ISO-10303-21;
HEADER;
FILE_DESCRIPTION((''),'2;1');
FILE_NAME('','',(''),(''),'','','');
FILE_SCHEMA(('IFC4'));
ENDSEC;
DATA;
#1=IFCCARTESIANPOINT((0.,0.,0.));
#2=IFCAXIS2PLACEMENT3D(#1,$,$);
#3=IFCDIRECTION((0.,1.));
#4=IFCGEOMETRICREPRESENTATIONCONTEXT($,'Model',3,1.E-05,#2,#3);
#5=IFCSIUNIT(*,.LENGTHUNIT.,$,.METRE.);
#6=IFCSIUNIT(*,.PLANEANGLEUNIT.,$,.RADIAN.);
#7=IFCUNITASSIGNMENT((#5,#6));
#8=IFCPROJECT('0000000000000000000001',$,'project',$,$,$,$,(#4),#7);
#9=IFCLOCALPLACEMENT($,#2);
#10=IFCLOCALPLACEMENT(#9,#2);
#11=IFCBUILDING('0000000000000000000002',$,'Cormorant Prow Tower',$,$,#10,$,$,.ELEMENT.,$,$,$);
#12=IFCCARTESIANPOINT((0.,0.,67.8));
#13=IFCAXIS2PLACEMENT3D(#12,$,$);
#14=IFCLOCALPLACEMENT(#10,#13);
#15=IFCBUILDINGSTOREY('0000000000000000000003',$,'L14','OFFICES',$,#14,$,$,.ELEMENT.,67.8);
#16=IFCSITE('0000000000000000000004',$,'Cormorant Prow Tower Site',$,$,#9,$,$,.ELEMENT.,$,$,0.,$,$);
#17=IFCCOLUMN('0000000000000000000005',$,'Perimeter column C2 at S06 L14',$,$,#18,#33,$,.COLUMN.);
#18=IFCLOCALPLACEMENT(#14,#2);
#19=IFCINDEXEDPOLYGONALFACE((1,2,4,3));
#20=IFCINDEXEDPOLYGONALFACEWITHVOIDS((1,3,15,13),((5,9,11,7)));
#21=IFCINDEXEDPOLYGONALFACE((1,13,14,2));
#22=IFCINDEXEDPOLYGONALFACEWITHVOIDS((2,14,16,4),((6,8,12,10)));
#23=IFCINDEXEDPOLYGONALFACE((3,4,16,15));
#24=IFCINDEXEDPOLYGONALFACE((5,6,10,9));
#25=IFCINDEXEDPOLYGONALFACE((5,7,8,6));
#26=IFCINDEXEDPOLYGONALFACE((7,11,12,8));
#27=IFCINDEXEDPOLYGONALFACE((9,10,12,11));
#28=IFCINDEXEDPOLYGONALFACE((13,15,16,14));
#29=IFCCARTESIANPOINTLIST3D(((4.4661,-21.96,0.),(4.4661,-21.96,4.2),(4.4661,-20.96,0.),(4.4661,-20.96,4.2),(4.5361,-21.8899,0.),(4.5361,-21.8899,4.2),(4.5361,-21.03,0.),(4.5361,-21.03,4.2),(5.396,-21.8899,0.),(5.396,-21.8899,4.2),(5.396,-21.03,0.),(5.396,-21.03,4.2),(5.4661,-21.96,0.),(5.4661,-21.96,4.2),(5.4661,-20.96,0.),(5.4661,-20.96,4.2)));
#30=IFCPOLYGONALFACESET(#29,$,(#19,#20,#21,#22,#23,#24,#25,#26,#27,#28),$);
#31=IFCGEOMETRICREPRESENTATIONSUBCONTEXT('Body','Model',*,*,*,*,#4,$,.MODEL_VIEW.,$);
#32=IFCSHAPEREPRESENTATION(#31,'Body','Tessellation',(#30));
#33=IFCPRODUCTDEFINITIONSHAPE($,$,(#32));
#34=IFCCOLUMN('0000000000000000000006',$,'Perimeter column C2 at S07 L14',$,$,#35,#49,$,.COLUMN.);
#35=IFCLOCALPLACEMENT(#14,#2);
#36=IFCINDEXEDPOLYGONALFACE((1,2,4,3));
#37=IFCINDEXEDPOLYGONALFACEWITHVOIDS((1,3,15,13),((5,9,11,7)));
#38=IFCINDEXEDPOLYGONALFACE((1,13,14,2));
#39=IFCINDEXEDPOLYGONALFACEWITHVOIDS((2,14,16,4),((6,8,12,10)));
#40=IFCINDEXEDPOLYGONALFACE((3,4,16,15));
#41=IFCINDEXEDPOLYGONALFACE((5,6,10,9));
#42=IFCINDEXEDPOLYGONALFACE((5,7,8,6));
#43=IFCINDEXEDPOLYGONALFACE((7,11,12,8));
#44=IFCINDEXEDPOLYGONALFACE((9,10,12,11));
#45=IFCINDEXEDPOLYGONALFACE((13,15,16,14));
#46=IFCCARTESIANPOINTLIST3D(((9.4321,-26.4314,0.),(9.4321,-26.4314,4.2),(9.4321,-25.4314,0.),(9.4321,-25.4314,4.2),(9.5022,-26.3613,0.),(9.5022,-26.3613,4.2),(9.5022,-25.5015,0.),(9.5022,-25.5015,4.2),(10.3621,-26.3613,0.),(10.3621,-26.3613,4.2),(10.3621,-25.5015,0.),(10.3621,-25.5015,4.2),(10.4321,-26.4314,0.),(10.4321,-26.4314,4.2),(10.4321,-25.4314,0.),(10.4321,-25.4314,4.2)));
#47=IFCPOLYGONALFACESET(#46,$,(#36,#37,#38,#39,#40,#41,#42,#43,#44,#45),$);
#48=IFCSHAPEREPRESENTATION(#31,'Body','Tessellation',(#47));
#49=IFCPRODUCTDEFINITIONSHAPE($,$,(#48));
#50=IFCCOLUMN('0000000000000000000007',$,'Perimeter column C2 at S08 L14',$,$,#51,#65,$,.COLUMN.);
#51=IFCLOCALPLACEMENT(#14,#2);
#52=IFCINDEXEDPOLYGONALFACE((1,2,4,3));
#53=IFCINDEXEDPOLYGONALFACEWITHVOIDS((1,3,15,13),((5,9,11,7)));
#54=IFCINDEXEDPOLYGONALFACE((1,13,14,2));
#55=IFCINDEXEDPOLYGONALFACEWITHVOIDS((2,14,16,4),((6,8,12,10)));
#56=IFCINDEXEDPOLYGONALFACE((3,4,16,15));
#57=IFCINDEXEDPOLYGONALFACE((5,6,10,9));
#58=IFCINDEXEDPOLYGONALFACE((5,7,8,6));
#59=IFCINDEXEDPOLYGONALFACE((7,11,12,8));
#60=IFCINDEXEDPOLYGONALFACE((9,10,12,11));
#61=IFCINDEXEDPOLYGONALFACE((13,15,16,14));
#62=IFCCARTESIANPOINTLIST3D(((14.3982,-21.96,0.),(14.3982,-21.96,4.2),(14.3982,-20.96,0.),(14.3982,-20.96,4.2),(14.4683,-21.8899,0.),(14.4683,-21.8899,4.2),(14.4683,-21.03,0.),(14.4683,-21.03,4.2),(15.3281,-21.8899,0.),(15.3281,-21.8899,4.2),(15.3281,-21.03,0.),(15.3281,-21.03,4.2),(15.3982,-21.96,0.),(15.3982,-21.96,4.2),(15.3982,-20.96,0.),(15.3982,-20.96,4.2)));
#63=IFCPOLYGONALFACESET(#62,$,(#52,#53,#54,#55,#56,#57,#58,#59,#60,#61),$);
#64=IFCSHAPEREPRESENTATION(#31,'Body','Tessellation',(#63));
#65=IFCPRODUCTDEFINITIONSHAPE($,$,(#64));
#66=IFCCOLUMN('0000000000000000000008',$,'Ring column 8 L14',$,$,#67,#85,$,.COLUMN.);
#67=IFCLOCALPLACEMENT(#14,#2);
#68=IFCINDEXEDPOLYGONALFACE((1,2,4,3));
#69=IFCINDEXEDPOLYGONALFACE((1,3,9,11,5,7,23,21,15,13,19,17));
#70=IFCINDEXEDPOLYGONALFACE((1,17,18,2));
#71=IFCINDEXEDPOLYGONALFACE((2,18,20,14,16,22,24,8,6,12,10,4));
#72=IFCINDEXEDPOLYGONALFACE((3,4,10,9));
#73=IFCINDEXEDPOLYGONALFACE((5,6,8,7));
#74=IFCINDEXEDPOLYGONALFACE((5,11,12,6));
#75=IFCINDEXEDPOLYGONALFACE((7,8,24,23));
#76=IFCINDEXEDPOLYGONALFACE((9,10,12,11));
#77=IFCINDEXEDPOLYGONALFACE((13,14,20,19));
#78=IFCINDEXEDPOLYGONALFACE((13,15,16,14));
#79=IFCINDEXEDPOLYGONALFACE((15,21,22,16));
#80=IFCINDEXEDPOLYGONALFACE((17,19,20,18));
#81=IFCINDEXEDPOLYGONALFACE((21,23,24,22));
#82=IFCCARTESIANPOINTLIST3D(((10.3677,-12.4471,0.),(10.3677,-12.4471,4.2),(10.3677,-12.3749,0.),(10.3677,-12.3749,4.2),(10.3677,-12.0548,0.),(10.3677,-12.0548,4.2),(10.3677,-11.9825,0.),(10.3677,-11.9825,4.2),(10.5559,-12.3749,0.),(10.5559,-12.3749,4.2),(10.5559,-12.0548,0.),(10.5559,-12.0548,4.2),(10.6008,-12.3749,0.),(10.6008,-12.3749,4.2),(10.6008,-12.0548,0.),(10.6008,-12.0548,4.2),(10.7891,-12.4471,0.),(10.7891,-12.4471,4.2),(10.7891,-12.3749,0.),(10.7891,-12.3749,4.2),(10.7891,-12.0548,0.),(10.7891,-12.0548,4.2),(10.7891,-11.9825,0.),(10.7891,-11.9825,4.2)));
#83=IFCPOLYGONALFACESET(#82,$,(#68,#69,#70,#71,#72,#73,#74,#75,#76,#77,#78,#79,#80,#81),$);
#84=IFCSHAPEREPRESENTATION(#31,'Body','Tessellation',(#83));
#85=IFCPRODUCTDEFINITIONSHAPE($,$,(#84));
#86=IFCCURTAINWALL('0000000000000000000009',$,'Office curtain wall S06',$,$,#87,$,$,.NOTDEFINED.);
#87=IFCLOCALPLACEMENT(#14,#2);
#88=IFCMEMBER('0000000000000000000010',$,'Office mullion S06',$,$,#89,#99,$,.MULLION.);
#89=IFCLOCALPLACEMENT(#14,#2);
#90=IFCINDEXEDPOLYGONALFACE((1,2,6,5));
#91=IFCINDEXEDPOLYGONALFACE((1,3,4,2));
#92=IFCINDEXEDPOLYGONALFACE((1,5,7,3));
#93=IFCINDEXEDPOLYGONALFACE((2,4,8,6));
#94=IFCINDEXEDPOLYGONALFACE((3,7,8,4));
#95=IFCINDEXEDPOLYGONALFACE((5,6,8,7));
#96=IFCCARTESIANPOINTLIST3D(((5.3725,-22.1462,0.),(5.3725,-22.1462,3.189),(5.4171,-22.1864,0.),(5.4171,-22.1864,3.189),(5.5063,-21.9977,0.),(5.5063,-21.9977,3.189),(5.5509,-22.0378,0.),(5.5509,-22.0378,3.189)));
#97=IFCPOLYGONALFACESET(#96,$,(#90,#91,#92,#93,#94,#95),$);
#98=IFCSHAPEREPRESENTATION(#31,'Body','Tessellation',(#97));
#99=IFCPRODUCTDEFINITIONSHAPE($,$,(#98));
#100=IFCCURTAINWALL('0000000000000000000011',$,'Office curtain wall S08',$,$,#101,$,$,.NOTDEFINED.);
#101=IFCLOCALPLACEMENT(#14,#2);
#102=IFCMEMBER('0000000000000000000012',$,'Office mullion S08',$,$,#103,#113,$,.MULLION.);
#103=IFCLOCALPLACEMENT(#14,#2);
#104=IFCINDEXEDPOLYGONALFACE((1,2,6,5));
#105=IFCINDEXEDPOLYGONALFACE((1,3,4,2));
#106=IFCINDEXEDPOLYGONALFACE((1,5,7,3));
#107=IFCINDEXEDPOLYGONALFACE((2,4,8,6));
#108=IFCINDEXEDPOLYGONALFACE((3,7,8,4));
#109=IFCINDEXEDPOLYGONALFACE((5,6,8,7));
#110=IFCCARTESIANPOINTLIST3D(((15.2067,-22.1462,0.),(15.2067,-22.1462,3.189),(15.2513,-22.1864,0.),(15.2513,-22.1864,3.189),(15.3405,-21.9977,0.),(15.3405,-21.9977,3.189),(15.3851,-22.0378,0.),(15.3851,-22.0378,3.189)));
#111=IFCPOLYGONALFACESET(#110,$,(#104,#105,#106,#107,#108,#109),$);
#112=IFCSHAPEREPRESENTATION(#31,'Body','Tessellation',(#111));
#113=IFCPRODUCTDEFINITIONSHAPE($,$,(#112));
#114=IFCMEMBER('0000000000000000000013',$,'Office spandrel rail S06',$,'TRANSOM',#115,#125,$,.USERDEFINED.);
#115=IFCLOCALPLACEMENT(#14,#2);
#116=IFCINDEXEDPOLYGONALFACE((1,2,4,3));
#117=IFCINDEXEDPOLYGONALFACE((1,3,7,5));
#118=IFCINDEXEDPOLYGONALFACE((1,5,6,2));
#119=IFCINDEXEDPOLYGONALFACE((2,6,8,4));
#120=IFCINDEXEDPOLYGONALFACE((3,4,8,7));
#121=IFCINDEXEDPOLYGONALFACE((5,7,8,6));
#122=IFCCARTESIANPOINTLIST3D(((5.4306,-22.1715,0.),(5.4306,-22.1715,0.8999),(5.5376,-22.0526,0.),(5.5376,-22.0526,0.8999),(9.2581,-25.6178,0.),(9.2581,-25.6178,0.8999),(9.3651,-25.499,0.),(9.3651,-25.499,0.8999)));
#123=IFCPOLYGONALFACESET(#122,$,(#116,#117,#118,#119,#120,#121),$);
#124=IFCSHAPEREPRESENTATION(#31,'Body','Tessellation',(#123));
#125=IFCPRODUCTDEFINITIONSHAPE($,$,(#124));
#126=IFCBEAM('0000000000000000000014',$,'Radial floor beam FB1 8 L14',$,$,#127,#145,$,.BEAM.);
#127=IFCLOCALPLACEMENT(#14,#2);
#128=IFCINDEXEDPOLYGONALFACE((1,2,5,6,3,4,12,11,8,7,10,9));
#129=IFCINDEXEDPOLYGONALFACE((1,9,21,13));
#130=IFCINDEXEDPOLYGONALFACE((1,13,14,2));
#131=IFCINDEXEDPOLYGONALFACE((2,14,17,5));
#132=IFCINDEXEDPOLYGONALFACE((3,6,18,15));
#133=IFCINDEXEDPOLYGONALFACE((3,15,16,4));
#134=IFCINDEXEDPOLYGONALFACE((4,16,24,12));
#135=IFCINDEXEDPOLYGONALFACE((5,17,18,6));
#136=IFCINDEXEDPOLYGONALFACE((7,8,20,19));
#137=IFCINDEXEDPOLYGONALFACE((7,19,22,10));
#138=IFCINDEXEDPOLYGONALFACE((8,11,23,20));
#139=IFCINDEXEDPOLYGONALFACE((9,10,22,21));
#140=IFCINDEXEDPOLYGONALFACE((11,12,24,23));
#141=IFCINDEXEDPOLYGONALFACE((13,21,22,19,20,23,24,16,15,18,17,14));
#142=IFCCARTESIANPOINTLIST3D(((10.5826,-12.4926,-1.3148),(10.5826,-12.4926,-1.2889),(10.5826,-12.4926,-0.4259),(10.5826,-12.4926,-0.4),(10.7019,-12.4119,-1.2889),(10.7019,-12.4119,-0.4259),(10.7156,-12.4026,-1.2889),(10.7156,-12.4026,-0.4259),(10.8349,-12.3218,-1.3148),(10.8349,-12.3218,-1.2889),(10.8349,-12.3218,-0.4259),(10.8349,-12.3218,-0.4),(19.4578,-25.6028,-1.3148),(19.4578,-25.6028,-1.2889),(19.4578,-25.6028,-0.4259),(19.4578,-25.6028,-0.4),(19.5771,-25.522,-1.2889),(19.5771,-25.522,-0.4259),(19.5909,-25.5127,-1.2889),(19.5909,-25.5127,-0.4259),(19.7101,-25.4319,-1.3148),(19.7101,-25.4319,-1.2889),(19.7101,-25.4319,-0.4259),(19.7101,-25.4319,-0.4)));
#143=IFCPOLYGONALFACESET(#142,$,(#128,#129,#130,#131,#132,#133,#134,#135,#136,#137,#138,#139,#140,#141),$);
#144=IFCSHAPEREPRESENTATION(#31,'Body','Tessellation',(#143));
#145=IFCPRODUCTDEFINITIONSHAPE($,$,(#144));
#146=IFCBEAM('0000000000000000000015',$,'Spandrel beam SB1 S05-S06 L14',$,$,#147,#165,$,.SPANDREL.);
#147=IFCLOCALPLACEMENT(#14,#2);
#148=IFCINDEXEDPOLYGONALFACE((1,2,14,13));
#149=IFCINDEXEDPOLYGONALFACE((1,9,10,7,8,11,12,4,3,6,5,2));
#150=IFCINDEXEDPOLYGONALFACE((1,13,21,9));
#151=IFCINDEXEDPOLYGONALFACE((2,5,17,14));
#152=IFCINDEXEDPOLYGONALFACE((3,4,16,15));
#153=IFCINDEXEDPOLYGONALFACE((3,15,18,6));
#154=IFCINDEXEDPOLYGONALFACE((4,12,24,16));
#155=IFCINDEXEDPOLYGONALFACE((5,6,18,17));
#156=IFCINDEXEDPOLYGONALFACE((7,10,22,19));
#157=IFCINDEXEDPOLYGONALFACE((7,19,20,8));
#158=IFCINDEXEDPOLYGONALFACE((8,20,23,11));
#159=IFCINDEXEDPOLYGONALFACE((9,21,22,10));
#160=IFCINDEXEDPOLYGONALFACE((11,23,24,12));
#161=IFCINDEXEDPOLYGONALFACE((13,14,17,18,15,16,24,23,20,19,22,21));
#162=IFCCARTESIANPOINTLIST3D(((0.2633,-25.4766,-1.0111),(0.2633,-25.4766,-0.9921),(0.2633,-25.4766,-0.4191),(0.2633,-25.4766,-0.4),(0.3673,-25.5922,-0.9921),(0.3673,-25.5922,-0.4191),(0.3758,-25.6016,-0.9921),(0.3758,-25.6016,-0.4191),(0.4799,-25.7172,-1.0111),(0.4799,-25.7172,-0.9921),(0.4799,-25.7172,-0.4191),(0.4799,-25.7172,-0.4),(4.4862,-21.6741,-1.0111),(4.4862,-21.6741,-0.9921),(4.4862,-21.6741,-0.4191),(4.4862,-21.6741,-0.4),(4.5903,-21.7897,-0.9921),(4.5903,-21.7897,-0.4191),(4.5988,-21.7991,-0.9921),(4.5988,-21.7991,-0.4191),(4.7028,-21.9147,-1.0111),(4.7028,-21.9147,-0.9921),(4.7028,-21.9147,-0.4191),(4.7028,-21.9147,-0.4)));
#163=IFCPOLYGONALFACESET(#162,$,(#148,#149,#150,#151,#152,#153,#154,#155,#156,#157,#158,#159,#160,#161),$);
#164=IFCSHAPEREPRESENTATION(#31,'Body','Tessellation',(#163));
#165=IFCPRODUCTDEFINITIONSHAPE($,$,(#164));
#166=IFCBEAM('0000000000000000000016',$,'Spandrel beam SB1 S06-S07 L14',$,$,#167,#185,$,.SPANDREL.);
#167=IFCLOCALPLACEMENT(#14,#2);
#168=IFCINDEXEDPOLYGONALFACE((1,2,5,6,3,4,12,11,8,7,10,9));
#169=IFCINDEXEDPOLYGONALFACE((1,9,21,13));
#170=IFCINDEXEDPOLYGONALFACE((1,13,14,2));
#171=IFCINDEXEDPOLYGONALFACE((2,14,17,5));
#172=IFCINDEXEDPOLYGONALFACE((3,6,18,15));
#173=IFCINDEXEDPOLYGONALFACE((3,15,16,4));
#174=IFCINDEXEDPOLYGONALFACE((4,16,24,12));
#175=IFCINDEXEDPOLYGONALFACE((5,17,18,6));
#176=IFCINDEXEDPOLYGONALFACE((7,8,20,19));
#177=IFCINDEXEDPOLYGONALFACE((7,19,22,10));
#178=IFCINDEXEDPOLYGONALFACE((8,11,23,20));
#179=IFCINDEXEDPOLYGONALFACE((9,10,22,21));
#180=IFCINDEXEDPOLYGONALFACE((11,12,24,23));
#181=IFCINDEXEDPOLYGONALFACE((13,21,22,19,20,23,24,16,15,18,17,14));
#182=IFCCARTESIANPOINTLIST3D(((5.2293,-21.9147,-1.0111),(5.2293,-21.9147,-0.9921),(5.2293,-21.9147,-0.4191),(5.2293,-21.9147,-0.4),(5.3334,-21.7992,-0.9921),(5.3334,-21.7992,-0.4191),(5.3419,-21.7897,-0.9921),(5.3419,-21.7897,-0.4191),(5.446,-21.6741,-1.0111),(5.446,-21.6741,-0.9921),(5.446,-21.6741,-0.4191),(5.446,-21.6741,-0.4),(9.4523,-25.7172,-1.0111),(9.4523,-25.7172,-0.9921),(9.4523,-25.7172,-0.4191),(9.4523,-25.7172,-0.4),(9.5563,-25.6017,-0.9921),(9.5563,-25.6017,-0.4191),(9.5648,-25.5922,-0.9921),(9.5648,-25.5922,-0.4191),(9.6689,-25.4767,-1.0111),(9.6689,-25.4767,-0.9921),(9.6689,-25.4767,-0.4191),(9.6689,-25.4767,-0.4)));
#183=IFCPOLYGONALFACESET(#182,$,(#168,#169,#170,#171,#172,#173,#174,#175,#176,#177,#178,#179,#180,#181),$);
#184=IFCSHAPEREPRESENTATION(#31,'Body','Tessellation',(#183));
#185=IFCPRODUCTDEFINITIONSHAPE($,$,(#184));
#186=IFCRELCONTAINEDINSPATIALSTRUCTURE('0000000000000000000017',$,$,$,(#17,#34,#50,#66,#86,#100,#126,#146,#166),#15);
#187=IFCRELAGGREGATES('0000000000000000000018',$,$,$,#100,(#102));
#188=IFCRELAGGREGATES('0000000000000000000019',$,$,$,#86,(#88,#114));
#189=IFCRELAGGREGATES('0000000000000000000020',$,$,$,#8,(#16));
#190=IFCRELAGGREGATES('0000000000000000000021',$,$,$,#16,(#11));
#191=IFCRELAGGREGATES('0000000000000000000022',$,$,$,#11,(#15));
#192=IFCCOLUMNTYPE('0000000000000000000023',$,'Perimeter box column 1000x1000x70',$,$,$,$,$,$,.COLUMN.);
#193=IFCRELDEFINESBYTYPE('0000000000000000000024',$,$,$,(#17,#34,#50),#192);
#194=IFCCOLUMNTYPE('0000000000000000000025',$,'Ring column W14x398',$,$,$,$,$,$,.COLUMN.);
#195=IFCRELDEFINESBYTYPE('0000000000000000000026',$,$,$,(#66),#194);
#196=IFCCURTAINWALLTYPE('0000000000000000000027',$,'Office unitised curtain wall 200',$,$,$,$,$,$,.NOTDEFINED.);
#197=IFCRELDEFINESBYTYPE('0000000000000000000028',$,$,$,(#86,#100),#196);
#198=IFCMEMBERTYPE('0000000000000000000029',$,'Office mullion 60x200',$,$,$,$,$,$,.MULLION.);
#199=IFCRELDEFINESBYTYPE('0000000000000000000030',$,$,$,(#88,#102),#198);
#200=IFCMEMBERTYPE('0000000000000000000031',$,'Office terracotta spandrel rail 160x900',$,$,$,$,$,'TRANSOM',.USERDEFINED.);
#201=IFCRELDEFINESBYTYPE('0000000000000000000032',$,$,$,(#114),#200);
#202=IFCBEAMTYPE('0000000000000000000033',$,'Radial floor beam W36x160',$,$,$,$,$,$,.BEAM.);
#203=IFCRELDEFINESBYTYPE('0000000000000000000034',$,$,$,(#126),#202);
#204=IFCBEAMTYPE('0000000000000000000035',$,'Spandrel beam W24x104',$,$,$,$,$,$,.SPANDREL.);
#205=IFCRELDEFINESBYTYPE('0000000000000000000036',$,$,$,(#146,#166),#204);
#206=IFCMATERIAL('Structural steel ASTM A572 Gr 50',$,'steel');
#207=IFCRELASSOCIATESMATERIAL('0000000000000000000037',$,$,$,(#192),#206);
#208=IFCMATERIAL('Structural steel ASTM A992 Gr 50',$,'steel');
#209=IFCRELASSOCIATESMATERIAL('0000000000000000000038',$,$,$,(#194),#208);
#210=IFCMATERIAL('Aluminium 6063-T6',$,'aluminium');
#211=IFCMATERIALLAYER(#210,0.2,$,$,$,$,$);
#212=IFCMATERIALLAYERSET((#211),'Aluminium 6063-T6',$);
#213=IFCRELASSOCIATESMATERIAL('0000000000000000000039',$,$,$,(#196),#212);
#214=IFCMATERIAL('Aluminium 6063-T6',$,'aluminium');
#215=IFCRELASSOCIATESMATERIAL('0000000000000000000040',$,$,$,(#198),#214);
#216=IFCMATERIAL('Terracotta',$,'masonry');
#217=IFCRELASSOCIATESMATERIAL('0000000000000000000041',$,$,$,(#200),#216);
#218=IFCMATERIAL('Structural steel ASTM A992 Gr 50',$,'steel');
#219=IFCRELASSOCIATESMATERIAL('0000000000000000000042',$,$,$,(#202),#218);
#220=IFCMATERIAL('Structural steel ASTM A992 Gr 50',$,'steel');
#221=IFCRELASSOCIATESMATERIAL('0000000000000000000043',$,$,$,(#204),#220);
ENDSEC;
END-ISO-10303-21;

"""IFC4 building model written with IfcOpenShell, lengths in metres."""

from ifc_helpers import new_model, si_unit, direction, frame, origin, origin_2d, place, context, subcontext, project, spatial, rectangle, hollow_rectangle, i_section, extrude, material, layer, layer_set, material_profile, profile_set, type_object, element, aggregate, save


model = new_model("IFC4")

# Units and contexts
model_context = context("Model", 3, precision=1e-05, world=origin(), true_north=direction((0.0, 1.0)))
body_context = subcontext(model_context, "Body", "Model", "MODEL_VIEW")
ifc_project = project(units=[si_unit("LENGTHUNIT", "METRE"), si_unit("PLANEANGLEUNIT", "RADIAN")], contexts=[model_context])

# Site, building, storey
site_placement = place(None, origin())
site = spatial("IfcSite", under=ifc_project, at=site_placement, Name="Cormorant Prow Tower Site", CompositionType="ELEMENT", RefElevation=0.0)
building_placement = place(site_placement, origin())
building = spatial("IfcBuilding", under=site, at=building_placement, Name="Cormorant Prow Tower", CompositionType="ELEMENT")
storey_placement = place(building_placement, frame((0.0, 0.0, 67.8)))
storey = spatial("IfcBuildingStorey", under=building, at=storey_placement, Name="L14", Description="OFFICES", CompositionType="ELEMENT", Elevation=67.8)

# Columns
ifc_material_1 = material(Name="Structural steel ASTM A572 Gr 50", Category="steel")
ifc_material_profile_1 = material_profile(ifc_material_1, hollow_rectangle(XDim=1.0, YDim=1.0, WallThickness=0.0701, at=origin_2d()), Name="Box 1000x1000x70")
ifc_profile_set_1 = profile_set([ifc_material_profile_1], Name="Structural steel ASTM A572 Gr 50")
column_type_1 = type_object("IfcColumnType", Name="Perimeter box column 1000x1000x70", PredefinedType="COLUMN", material=ifc_profile_set_1)
for number, where, z_axis, x_axis, name in (
    (1, (4.9661, -21.46, 0.0), (0.0, 0.0, 1.0), (1.0, 0.0, 0.0), "Perimeter column C2 at S06 L14"),
    (2, (9.9321, -25.9314, 0.0), (0.0, 0.0, 1.0), (1.0, 0.0, 0.0), "Perimeter column C2 at S07 L14"),
    (3, (14.8982, -21.46, 0.0), (0.0, 0.0, 1.0), (1.0, 0.0, 0.0), "Perimeter column C2 at S08 L14"),
):
    element("IfcColumn", number, at=place(storey_placement, frame(where, z_axis=z_axis, x_axis=x_axis)), inside=storey, type_object=column_type_1, Name=name, PredefinedType="COLUMN", context=body_context, shape_type="SweptSolid", body=[
        extrude(hollow_rectangle(XDim=1.0, YDim=1.0, WallThickness=0.0701, at=origin_2d()), origin(), (0.0, 0.0, 1.0), 4.2),
    ])
ifc_material_2 = material(Name="Structural steel ASTM A992 Gr 50", Category="steel")
ifc_material_profile_2 = material_profile(ifc_material_2, i_section(OverallWidth=0.4214, OverallDepth=0.4646, WebThickness=0.0449, FlangeThickness=0.0723, at=origin_2d()), Name="W14x398")
ifc_profile_set_2 = profile_set([ifc_material_profile_2], Name="Structural steel ASTM A992 Gr 50")
column_type_2 = type_object("IfcColumnType", Name="Ring column W14x398", PredefinedType="COLUMN", material=ifc_profile_set_2)
column_placement = place(storey_placement, frame((10.5784, -12.2148, 0.0), z_axis=(0.0, 0.0, 1.0), x_axis=(1.0, 0.0, 0.0)))
element("IfcColumn", 4, at=column_placement, inside=storey, type_object=column_type_2, Name="Ring column 8 L14", PredefinedType="COLUMN", context=body_context, shape_type="SweptSolid", body=[
    extrude(i_section(OverallWidth=0.4214, OverallDepth=0.4646, WebThickness=0.0449, FlangeThickness=0.0723, at=origin_2d()), origin(), (0.0, 0.0, 1.0), 4.2),
])

# Curtain walls, members
ifc_material_3 = material(Name="Aluminium 6063-T6", Category="aluminium")
ifc_layer_1 = layer(ifc_material_3, 0.2)
ifc_layer_set_1 = layer_set([ifc_layer_1], Name="Aluminium 6063-T6")
curtain_wall_type = type_object("IfcCurtainWallType", Name="Office unitised curtain wall 200", PredefinedType="NOTDEFINED", material=ifc_layer_set_1)
curtain_wall_1_placement = place(storey_placement, origin())
curtain_wall_1 = element("IfcCurtainWall", 5, at=curtain_wall_1_placement, inside=storey, type_object=curtain_wall_type, Name="Office curtain wall S06", PredefinedType="NOTDEFINED")
ifc_material_4 = material(Name="Aluminium 6063-T6", Category="aluminium")
ifc_material_profile_3 = material_profile(ifc_material_4, rectangle(XDim=0.2, YDim=0.0601, at=origin_2d()), Name="Office mullion 60x200")
ifc_profile_set_3 = profile_set([ifc_material_profile_3], Name="Aluminium 6063-T6")
member_type_1 = type_object("IfcMemberType", Name="Office mullion 60x200", PredefinedType="MULLION", material=ifc_profile_set_3)
member_1_placement = place(storey_placement, frame((5.4617, -22.092, 0.0), z_axis=(0.0, 0.0, 1.0), x_axis=(0.669131, 0.743145, 0.0)))
member_1 = element("IfcMember", 6, at=member_1_placement, type_object=member_type_1, Name="Office mullion S06", PredefinedType="MULLION", context=body_context, shape_type="SweptSolid", body=[
    extrude(rectangle(XDim=0.2, YDim=0.0601, at=origin_2d()), origin(), (0.0, 0.0, 1.0), 3.189),
])
curtain_wall_2_placement = place(storey_placement, origin())
curtain_wall_2 = element("IfcCurtainWall", 7, at=curtain_wall_2_placement, inside=storey, type_object=curtain_wall_type, Name="Office curtain wall S08", PredefinedType="NOTDEFINED")
member_2_placement = place(storey_placement, frame((15.2959, -22.092, 0.0), z_axis=(0.0, 0.0, 1.0), x_axis=(0.669131, 0.743145, 0.0)))
member_2 = element("IfcMember", 8, at=member_2_placement, type_object=member_type_1, Name="Office mullion S08", PredefinedType="MULLION", context=body_context, shape_type="SweptSolid", body=[
    extrude(rectangle(XDim=0.2, YDim=0.0601, at=origin_2d()), origin(), (0.0, 0.0, 1.0), 3.189),
])
aggregate(curtain_wall_2, [member_2])

# Member
ifc_material_5 = material(Name="Terracotta", Category="masonry")
ifc_material_profile_4 = material_profile(ifc_material_5, rectangle(XDim=0.1599, YDim=0.8999, at=origin_2d()), Name="Office terracotta spandrel rail 160x900")
ifc_profile_set_4 = profile_set([ifc_material_profile_4], Name="Terracotta")
member_type_2 = type_object("IfcMemberType", Name="Office terracotta spandrel rail 160x900", ElementType="TRANSOM", PredefinedType="USERDEFINED", material=ifc_profile_set_4)
member_3_placement = place(storey_placement, frame((5.4841, -22.1121, 0.45), z_axis=(0.743136, -0.66914, 0.0), x_axis=(0.66914, 0.743136, 0.0)))
member_3 = element("IfcMember", 9, at=member_3_placement, type_object=member_type_2, Name="Office spandrel rail S06", ObjectType="TRANSOM", PredefinedType="USERDEFINED", context=body_context, shape_type="SweptSolid", body=[
    extrude(rectangle(XDim=0.1599, YDim=0.8999, at=origin_2d()), origin(), (0.0, 0.0, 1.0), 5.1504),
])

# Beams
ifc_material_6 = material(Name="Structural steel ASTM A992 Gr 50", Category="steel")
ifc_material_profile_5 = material_profile(ifc_material_6, i_section(OverallWidth=0.3047, OverallDepth=0.9148, WebThickness=0.0166, FlangeThickness=0.0259, at=origin_2d()), Name="W36x160")
ifc_profile_set_5 = profile_set([ifc_material_profile_5], Name="Structural steel ASTM A992 Gr 50")
beam_type_1 = type_object("IfcBeamType", Name="Radial floor beam W36x160", PredefinedType="BEAM", material=ifc_profile_set_5)
beam_placement = place(storey_placement, frame((10.7087, -12.4072, -0.8574), z_axis=(0.560597, -0.828089, 0.0), x_axis=(0.828089, 0.560597, 0.0)))
element("IfcBeam", 10, at=beam_placement, inside=storey, type_object=beam_type_1, Name="Radial floor beam FB1 8 L14", PredefinedType="BEAM", context=body_context, shape_type="SweptSolid", body=[
    extrude(i_section(OverallWidth=0.3047, OverallDepth=0.9148, WebThickness=0.0166, FlangeThickness=0.0259, at=origin_2d()), origin(), (0.0, 0.0, 1.0), 15.8318),
])
ifc_material_7 = material(Name="Structural steel ASTM A992 Gr 50", Category="steel")
ifc_material_profile_6 = material_profile(ifc_material_7, i_section(OverallWidth=0.3237, OverallDepth=0.6111, WebThickness=0.0127, FlangeThickness=0.019, at=origin_2d()), Name="W24x104")
ifc_profile_set_6 = profile_set([ifc_material_profile_6], Name="Structural steel ASTM A992 Gr 50")
beam_type_2 = type_object("IfcBeamType", Name="Spandrel beam W24x104", PredefinedType="SPANDREL", material=ifc_profile_set_6)
for number, where, z_axis, x_axis, name in (
    (11, (0.3716, -25.5969, -0.7056), (0.74313, 0.669147, 0.0), (-0.669147, 0.74313, 0.0), "Spandrel beam SB1 S05-S06 L14"),
    (12, (5.3376, -21.7944, -0.7056), (0.74313, -0.669147, 0.0), (0.669147, 0.74313, 0.0), "Spandrel beam SB1 S06-S07 L14"),
):
    element("IfcBeam", number, at=place(storey_placement, frame(where, z_axis=z_axis, x_axis=x_axis)), inside=storey, type_object=beam_type_2, Name=name, PredefinedType="SPANDREL", context=body_context, shape_type="SweptSolid", body=[
        extrude(i_section(OverallWidth=0.3237, OverallDepth=0.6111, WebThickness=0.0127, FlangeThickness=0.019, at=origin_2d()), origin(), (0.0, 0.0, 1.0), 5.6826),
    ])

aggregate(curtain_wall_1, [member_1, member_3])

save(model, "model.ifc")
